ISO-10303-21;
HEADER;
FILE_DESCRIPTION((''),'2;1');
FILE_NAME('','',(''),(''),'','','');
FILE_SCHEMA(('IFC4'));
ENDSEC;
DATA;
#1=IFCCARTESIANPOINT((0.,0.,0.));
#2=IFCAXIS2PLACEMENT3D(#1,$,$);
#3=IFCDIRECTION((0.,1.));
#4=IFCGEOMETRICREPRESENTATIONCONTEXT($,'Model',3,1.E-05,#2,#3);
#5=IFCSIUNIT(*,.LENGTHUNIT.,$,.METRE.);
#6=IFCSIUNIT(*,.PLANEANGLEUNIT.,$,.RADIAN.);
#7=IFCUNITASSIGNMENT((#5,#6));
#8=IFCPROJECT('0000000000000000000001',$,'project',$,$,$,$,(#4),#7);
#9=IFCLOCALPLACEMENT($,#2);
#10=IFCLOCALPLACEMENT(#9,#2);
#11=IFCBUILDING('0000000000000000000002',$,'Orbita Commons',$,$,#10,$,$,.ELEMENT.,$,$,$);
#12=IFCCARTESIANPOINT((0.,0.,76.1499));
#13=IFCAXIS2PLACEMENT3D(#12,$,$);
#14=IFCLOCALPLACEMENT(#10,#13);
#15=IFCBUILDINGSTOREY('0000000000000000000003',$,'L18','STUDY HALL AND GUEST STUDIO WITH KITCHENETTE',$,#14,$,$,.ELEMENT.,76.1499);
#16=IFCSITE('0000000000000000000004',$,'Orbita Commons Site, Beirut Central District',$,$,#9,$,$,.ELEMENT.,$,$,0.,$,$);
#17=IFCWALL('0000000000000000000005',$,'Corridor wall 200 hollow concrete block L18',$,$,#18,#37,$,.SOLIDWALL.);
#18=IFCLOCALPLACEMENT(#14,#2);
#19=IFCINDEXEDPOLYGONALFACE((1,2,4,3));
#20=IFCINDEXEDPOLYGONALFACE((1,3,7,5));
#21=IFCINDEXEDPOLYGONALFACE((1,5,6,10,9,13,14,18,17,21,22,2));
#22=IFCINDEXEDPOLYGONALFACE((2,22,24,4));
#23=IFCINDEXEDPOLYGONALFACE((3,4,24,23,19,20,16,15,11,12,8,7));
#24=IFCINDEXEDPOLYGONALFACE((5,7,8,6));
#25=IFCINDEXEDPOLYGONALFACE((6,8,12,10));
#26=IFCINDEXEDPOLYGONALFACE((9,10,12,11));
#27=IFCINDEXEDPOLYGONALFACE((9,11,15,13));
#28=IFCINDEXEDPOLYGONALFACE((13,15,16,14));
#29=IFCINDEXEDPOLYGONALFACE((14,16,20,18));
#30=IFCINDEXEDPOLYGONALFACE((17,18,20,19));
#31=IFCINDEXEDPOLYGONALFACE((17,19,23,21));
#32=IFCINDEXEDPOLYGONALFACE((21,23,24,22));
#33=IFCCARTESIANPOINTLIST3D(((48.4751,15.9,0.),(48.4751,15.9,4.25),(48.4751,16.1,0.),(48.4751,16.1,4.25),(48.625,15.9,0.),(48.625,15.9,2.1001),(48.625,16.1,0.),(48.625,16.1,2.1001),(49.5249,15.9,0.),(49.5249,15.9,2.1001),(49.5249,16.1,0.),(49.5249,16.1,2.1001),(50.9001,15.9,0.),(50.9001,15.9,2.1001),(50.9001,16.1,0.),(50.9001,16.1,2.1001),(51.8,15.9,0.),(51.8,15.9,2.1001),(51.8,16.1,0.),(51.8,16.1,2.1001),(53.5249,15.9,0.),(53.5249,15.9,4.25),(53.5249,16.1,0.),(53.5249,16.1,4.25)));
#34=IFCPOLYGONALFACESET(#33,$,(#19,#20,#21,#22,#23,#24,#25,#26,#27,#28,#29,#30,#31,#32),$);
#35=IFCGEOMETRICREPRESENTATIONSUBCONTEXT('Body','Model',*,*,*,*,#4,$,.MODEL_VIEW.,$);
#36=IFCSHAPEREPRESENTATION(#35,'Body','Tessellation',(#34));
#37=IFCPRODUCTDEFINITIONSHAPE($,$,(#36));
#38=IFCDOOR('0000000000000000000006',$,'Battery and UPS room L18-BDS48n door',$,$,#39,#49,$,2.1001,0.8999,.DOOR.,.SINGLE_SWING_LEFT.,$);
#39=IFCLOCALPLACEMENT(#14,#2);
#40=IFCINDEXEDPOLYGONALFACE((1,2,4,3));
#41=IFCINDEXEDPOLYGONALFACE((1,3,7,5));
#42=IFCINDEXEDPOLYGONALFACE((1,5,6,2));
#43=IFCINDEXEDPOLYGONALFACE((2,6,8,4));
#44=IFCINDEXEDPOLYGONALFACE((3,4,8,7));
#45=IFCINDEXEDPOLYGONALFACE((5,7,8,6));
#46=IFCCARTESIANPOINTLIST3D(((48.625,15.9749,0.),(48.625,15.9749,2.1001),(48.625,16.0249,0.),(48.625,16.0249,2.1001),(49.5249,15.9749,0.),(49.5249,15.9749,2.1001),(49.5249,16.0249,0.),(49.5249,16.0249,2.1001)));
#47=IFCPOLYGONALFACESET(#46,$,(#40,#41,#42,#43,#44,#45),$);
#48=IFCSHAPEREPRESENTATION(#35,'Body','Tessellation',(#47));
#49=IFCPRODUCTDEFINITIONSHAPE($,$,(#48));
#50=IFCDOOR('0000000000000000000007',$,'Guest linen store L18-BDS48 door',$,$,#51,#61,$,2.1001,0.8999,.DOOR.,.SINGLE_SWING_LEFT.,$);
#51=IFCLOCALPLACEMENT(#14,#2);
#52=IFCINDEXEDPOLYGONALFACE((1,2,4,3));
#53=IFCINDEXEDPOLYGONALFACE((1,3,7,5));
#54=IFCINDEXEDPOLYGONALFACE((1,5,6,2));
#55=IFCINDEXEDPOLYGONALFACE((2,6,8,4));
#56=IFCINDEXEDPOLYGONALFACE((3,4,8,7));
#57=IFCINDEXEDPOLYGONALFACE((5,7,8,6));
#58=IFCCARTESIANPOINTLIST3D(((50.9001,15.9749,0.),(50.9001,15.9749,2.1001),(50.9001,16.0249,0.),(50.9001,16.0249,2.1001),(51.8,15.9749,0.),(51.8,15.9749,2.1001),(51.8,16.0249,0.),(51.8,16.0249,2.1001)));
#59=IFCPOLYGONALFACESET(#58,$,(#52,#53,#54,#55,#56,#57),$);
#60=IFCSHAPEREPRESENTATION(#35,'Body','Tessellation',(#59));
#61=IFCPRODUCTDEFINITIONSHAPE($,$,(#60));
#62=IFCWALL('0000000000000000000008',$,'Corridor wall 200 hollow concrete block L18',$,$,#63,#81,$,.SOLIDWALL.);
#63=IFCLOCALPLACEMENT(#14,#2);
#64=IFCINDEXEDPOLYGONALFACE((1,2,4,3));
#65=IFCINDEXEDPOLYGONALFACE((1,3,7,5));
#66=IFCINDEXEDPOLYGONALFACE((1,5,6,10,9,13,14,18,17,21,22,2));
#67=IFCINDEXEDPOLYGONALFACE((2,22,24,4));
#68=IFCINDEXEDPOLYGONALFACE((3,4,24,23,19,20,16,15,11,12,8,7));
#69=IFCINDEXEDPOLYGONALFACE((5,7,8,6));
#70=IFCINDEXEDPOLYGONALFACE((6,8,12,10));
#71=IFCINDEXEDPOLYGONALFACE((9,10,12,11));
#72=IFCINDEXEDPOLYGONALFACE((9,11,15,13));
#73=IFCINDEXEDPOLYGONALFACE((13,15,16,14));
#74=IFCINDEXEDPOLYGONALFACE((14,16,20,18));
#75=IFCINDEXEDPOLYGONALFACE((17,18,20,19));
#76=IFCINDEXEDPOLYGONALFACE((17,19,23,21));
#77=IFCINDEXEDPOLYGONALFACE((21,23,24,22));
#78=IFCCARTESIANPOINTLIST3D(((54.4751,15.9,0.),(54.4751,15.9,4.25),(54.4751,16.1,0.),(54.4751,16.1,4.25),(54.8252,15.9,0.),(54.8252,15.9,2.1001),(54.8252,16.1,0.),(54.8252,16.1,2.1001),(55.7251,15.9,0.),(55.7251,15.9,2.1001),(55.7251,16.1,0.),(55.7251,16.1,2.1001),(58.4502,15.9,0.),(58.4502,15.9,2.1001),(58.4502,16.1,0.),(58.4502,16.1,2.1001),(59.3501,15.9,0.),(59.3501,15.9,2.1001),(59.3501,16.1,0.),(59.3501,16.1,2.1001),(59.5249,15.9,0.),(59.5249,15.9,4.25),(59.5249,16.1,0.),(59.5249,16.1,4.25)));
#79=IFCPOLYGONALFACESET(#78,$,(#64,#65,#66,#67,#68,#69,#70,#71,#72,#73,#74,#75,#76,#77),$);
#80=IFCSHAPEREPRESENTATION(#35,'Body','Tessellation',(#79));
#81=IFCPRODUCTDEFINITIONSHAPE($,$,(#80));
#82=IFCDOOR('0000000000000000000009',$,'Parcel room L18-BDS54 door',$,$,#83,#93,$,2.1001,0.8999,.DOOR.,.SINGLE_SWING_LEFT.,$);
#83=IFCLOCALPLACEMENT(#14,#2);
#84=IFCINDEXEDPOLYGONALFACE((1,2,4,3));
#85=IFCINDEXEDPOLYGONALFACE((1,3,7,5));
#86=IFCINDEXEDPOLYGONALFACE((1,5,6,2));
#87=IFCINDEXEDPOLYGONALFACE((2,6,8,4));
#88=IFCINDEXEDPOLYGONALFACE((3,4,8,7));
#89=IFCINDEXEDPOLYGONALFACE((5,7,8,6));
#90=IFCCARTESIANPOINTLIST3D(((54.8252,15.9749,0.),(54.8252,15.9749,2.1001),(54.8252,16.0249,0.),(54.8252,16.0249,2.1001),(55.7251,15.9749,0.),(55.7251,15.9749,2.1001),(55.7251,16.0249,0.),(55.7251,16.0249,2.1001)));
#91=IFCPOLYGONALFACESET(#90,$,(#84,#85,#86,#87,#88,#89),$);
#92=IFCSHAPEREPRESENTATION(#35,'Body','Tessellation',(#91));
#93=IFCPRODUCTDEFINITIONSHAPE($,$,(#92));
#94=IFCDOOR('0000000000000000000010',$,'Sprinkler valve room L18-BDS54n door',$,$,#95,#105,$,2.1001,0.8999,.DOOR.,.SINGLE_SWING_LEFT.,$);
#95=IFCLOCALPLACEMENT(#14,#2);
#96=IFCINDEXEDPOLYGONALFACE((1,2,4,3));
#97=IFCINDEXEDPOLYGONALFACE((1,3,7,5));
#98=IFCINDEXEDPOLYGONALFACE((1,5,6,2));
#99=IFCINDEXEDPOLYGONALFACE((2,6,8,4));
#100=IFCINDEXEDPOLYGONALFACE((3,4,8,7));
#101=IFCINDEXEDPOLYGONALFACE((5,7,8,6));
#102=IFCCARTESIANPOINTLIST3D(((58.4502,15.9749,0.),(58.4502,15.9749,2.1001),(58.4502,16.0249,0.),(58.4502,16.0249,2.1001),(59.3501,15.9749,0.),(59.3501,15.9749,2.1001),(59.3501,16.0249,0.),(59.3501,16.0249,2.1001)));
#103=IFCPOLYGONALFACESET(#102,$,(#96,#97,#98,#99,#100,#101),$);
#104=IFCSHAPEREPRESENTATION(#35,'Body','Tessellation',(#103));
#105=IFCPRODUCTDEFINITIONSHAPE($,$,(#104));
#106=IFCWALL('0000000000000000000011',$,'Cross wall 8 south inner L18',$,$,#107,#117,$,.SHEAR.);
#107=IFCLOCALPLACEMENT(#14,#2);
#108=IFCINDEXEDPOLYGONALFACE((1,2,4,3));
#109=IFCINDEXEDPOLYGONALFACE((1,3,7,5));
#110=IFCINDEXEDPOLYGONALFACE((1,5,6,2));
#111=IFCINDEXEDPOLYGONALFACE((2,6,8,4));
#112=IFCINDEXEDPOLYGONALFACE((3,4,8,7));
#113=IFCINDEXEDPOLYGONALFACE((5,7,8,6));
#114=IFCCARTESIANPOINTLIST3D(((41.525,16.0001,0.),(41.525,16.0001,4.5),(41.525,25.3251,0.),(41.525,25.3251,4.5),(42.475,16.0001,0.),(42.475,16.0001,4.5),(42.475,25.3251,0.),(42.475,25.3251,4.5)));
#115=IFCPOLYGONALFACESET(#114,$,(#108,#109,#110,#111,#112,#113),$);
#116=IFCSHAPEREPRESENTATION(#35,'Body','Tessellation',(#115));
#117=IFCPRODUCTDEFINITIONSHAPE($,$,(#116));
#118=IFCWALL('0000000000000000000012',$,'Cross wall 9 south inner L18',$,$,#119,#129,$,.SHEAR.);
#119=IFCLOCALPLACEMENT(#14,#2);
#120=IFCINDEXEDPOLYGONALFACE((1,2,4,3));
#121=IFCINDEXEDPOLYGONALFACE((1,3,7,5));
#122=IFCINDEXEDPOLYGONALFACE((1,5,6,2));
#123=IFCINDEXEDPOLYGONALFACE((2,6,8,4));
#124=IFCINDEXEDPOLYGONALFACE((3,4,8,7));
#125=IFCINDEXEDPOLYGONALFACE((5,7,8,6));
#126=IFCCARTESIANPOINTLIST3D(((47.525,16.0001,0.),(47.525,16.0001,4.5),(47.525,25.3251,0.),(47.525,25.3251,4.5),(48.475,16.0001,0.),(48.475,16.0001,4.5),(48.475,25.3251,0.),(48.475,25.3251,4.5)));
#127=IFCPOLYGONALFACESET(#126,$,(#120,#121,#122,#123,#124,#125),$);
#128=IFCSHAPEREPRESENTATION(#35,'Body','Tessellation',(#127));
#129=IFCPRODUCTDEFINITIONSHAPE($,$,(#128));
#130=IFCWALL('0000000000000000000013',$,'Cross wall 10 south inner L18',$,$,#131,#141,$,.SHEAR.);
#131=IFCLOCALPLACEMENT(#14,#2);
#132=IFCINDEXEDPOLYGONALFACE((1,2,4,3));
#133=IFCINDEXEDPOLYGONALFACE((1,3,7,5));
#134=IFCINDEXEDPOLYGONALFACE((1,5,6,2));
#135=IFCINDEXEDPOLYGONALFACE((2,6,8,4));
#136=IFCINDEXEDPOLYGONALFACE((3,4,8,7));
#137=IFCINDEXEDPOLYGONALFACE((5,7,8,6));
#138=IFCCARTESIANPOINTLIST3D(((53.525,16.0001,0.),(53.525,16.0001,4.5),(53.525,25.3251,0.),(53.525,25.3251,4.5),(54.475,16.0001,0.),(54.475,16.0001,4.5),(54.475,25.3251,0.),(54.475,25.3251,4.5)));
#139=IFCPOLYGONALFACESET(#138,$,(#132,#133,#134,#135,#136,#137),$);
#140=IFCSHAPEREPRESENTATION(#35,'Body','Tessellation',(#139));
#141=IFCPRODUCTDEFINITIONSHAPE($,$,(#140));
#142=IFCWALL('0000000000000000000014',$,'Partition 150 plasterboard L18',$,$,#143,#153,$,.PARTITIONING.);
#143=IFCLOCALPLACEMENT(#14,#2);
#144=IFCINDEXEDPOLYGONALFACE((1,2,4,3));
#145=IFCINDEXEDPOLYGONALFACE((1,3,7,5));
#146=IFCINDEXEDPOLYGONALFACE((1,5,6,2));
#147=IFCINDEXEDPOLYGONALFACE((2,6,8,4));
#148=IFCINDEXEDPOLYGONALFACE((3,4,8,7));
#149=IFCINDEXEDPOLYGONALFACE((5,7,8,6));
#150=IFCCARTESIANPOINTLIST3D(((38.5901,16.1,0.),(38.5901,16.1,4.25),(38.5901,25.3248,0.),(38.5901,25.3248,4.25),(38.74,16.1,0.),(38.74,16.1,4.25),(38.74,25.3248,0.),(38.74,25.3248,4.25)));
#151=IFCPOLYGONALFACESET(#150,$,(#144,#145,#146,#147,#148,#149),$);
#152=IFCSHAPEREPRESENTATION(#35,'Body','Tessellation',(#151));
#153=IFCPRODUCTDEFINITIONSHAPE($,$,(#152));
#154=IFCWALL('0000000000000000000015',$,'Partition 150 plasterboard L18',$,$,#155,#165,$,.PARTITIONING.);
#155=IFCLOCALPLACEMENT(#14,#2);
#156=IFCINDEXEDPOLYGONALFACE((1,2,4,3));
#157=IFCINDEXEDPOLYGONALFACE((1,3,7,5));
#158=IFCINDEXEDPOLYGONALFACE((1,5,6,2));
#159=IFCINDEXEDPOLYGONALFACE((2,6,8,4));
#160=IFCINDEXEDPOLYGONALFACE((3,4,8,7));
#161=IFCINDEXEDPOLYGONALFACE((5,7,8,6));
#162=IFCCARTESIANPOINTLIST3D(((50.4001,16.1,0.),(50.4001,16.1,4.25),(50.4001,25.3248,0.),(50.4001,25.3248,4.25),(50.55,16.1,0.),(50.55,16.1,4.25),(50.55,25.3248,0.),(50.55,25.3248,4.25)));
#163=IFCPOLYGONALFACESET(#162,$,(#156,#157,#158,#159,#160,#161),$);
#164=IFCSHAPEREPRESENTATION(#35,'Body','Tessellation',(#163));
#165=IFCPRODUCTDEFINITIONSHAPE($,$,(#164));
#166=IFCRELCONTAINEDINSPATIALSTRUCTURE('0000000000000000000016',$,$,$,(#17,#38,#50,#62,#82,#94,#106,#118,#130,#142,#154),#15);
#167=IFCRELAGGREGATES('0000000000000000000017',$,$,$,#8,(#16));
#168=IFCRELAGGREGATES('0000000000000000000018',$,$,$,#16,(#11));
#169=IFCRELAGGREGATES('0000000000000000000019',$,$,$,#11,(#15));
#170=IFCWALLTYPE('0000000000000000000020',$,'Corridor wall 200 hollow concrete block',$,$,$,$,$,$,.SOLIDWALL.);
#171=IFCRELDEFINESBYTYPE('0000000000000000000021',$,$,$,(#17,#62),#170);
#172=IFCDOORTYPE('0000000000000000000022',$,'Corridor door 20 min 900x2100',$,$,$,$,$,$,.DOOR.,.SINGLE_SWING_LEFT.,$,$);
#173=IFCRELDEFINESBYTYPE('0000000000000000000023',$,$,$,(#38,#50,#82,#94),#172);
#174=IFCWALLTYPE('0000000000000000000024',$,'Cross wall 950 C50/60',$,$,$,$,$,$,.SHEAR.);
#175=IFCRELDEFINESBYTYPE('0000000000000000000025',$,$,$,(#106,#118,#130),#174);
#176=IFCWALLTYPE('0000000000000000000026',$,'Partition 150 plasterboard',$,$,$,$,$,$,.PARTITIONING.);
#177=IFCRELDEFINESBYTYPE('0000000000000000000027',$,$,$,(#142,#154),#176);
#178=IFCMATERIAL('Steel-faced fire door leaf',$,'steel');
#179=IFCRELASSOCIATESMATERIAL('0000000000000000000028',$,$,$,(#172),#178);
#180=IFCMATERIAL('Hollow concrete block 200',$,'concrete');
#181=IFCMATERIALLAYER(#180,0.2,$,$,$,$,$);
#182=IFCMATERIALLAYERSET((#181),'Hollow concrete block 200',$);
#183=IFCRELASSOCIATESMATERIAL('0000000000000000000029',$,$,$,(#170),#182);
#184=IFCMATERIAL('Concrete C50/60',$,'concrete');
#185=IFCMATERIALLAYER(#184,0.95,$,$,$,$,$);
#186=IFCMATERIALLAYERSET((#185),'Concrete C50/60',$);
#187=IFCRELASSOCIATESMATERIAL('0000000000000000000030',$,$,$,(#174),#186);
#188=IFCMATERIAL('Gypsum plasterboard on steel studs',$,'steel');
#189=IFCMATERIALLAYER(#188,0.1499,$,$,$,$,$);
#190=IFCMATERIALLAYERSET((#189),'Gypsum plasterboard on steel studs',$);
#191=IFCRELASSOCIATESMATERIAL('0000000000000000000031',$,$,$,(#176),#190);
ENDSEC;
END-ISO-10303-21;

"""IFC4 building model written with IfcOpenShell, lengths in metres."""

from ifc_helpers import new_model, si_unit, direction, frame, frame_2d, origin, place, context, subcontext, project, spatial, rectangle, extrude, material, layer, layer_set, type_object, element, fill, save


model = new_model("IFC4")

# Units and contexts
model_context = context("Model", 3, precision=1e-05, world=origin(), true_north=direction((0.0, 1.0)))
body_context = subcontext(model_context, "Body", "Model", "MODEL_VIEW")
ifc_project = project(units=[si_unit("LENGTHUNIT", "METRE"), si_unit("PLANEANGLEUNIT", "RADIAN")], contexts=[model_context])

# Site, building, storey
site_placement = place(None, origin())
site = spatial("IfcSite", under=ifc_project, at=site_placement, Name="Orbita Commons Site, Beirut Central District", CompositionType="ELEMENT", RefElevation=0.0)
building_placement = place(site_placement, origin())
building = spatial("IfcBuilding", under=site, at=building_placement, Name="Orbita Commons", CompositionType="ELEMENT")
storey_placement = place(building_placement, frame((0.0, 0.0, 76.1499)))
storey = spatial("IfcBuildingStorey", under=building, at=storey_placement, Name="L18", Description="STUDY HALL AND GUEST STUDIO WITH KITCHENETTE", CompositionType="ELEMENT", Elevation=76.1499)

# Shared definitions
ifc_material_1 = material(Name="Steel-faced fire door leaf", Category="steel")
door_type_1 = type_object("IfcDoorType", Name="Corridor door 20 min 900x2100", OperationType="SINGLE_SWING_LEFT", PredefinedType="DOOR", material=ifc_material_1)
ifc_material_2 = material(Name="Hollow concrete block 200", Category="concrete")
ifc_layer_1 = layer(ifc_material_2, 0.2)
ifc_layer_set_1 = layer_set([ifc_layer_1], Name="Hollow concrete block 200")
wall_type_1 = type_object("IfcWallType", Name="Corridor wall 200 hollow concrete block", PredefinedType="SOLIDWALL", material=ifc_layer_set_1)

# Walls, openings, doors
wall_1_placement = place(storey_placement, frame((48.4751, 16.0, 0.0), z_axis=(0.0, 0.0, 1.0), x_axis=(1.0, 0.0, 0.0)))
wall_1 = element("IfcWall", 1, at=wall_1_placement, inside=storey, type_object=wall_type_1, Name="Corridor wall 200 hollow concrete block L18", PredefinedType="SOLIDWALL", context=body_context, shape_type="SweptSolid", body=[
    extrude(rectangle(XDim=5.0498, YDim=0.2, at=frame_2d((2.5249, 0.0))), origin(), (0.0, 0.0, 1.0), 4.25),
])
opening_1_placement = place(wall_1_placement, frame((0.1499, 0.0, 0.0)))
opening_1 = element("IfcOpeningElement", 2, at=opening_1_placement, cuts=wall_1, PredefinedType="OPENING", context=body_context, shape_type="SweptSolid", body=[
    extrude(rectangle(XDim=0.8999, YDim=2.1001, at=frame_2d((0.45, 1.05))), frame((0.0, 0.1099, 0.0), z_axis=(0.0, -1.0, 0.0), x_axis=(1.0, 0.0, 0.0)), (0.0, 0.0, 1.0), 0.22),
])
opening_2_placement = place(wall_1_placement, frame((2.425, 0.0, 0.0)))
opening_2 = element("IfcOpeningElement", 3, at=opening_2_placement, cuts=wall_1, PredefinedType="OPENING", context=body_context, shape_type="SweptSolid", body=[
    extrude(rectangle(XDim=0.8999, YDim=2.1001, at=frame_2d((0.45, 1.05))), frame((0.0, 0.1099, 0.0), z_axis=(0.0, -1.0, 0.0), x_axis=(1.0, 0.0, 0.0)), (0.0, 0.0, 1.0), 0.22),
])
door_1_placement = place(opening_1_placement, origin())
door_1 = element("IfcDoor", 4, at=door_1_placement, inside=storey, type_object=door_type_1, Name="Battery and UPS room L18-BDS48n door", OperationType="SINGLE_SWING_LEFT", OverallHeight=2.1001, OverallWidth=0.8999, PredefinedType="DOOR", context=body_context, shape_type="SweptSolid", body=[
    extrude(rectangle(XDim=0.8999, YDim=2.1001, at=frame_2d((0.45, 1.05))), frame((0.0, 0.0249, 0.0), z_axis=(0.0, -1.0, 0.0), x_axis=(1.0, 0.0, 0.0)), (0.0, 0.0, 1.0), 0.05),
])
fill(opening_1, door_1)
door_2_placement = place(opening_2_placement, origin())
door_2 = element("IfcDoor", 5, at=door_2_placement, inside=storey, type_object=door_type_1, Name="Guest linen store L18-BDS48 door", OperationType="SINGLE_SWING_LEFT", OverallHeight=2.1001, OverallWidth=0.8999, PredefinedType="DOOR", context=body_context, shape_type="SweptSolid", body=[
    extrude(rectangle(XDim=0.8999, YDim=2.1001, at=frame_2d((0.45, 1.05))), frame((0.0, 0.0249, 0.0), z_axis=(0.0, -1.0, 0.0), x_axis=(1.0, 0.0, 0.0)), (0.0, 0.0, 1.0), 0.05),
])
fill(opening_2, door_2)
wall_2_placement = place(storey_placement, frame((54.4751, 16.0, 0.0), z_axis=(0.0, 0.0, 1.0), x_axis=(1.0, 0.0, 0.0)))
wall_2 = element("IfcWall", 6, at=wall_2_placement, inside=storey, type_object=wall_type_1, Name="Corridor wall 200 hollow concrete block L18", PredefinedType="SOLIDWALL", context=body_context, shape_type="SweptSolid", body=[
    extrude(rectangle(XDim=5.0498, YDim=0.2, at=frame_2d((2.5249, 0.0))), origin(), (0.0, 0.0, 1.0), 4.25),
])
opening_3_placement = place(wall_2_placement, frame((0.3501, 0.0, 0.0)))
opening_3 = element("IfcOpeningElement", 7, at=opening_3_placement, cuts=wall_2, PredefinedType="OPENING", context=body_context, shape_type="SweptSolid", body=[
    extrude(rectangle(XDim=0.8999, YDim=2.1001, at=frame_2d((0.45, 1.05))), frame((0.0, 0.1099, 0.0), z_axis=(0.0, -1.0, 0.0), x_axis=(1.0, 0.0, 0.0)), (0.0, 0.0, 1.0), 0.22),
])
opening_4_placement = place(wall_2_placement, frame((3.9751, 0.0, 0.0)))
opening_4 = element("IfcOpeningElement", 8, at=opening_4_placement, cuts=wall_2, PredefinedType="OPENING", context=body_context, shape_type="SweptSolid", body=[
    extrude(rectangle(XDim=0.8999, YDim=2.1001, at=frame_2d((0.45, 1.05))), frame((0.0, 0.1099, 0.0), z_axis=(0.0, -1.0, 0.0), x_axis=(1.0, 0.0, 0.0)), (0.0, 0.0, 1.0), 0.22),
])
door_3_placement = place(opening_3_placement, origin())
door_3 = element("IfcDoor", 9, at=door_3_placement, inside=storey, type_object=door_type_1, Name="Parcel room L18-BDS54 door", OperationType="SINGLE_SWING_LEFT", OverallHeight=2.1001, OverallWidth=0.8999, PredefinedType="DOOR", context=body_context, shape_type="SweptSolid", body=[
    extrude(rectangle(XDim=0.8999, YDim=2.1001, at=frame_2d((0.45, 1.05))), frame((0.0, 0.0249, 0.0), z_axis=(0.0, -1.0, 0.0), x_axis=(1.0, 0.0, 0.0)), (0.0, 0.0, 1.0), 0.05),
])
fill(opening_3, door_3)
door_4_placement = place(opening_4_placement, origin())
door_4 = element("IfcDoor", 10, at=door_4_placement, inside=storey, type_object=door_type_1, Name="Sprinkler valve room L18-BDS54n door", OperationType="SINGLE_SWING_LEFT", OverallHeight=2.1001, OverallWidth=0.8999, PredefinedType="DOOR", context=body_context, shape_type="SweptSolid", body=[
    extrude(rectangle(XDim=0.8999, YDim=2.1001, at=frame_2d((0.45, 1.05))), frame((0.0, 0.0249, 0.0), z_axis=(0.0, -1.0, 0.0), x_axis=(1.0, 0.0, 0.0)), (0.0, 0.0, 1.0), 0.05),
])
fill(opening_4, door_4)

# Walls
ifc_material_3 = material(Name="Concrete C50/60", Category="concrete")
ifc_layer_2 = layer(ifc_material_3, 0.95)
ifc_layer_set_2 = layer_set([ifc_layer_2], Name="Concrete C50/60")
wall_type_2 = type_object("IfcWallType", Name="Cross wall 950 C50/60", PredefinedType="SHEAR", material=ifc_layer_set_2)
for number, where, z_axis, x_axis, name in (
    (11, (42.0, 16.0, 0.0), (0.0, 0.0, 1.0), (0.0, 1.0, 0.0), "Cross wall 8 south inner L18"),
    (12, (48.0, 16.0, 0.0), (0.0, 0.0, 1.0), (0.0, 1.0, 0.0), "Cross wall 9 south inner L18"),
    (13, (54.0, 16.0, 0.0), (0.0, 0.0, 1.0), (0.0, 1.0, 0.0), "Cross wall 10 south inner L18"),
):
    element("IfcWall", number, at=place(storey_placement, frame(where, z_axis=z_axis, x_axis=x_axis)), inside=storey, type_object=wall_type_2, Name=name, PredefinedType="SHEAR", context=body_context, shape_type="SweptSolid", body=[
        extrude(rectangle(XDim=9.325, YDim=0.95, at=frame_2d((4.6626, 0.0))), origin(), (0.0, 0.0, 1.0), 4.5),
    ])
ifc_material_4 = material(Name="Gypsum plasterboard on steel studs", Category="steel")
ifc_layer_3 = layer(ifc_material_4, 0.1499)
ifc_layer_set_3 = layer_set([ifc_layer_3], Name="Gypsum plasterboard on steel studs")
wall_type_3 = type_object("IfcWallType", Name="Partition 150 plasterboard", PredefinedType="PARTITIONING", material=ifc_layer_set_3)
for number, where, z_axis, x_axis, name in (
    (14, (38.665, 16.1001, 0.0), (0.0, 0.0, 1.0), (0.0, 1.0, 0.0), "Partition 150 plasterboard L18"),
    (15, (50.4751, 16.1001, 0.0), (0.0, 0.0, 1.0), (0.0, 1.0, 0.0), "Partition 150 plasterboard L18"),
):
    element("IfcWall", number, at=place(storey_placement, frame(where, z_axis=z_axis, x_axis=x_axis)), inside=storey, type_object=wall_type_3, Name=name, PredefinedType="PARTITIONING", context=body_context, shape_type="SweptSolid", body=[
        extrude(rectangle(XDim=9.2249, YDim=0.1499, at=frame_2d((4.6123, 0.0))), origin(), (0.0, 0.0, 1.0), 4.25),
    ])

save(model, "model.ifc")
